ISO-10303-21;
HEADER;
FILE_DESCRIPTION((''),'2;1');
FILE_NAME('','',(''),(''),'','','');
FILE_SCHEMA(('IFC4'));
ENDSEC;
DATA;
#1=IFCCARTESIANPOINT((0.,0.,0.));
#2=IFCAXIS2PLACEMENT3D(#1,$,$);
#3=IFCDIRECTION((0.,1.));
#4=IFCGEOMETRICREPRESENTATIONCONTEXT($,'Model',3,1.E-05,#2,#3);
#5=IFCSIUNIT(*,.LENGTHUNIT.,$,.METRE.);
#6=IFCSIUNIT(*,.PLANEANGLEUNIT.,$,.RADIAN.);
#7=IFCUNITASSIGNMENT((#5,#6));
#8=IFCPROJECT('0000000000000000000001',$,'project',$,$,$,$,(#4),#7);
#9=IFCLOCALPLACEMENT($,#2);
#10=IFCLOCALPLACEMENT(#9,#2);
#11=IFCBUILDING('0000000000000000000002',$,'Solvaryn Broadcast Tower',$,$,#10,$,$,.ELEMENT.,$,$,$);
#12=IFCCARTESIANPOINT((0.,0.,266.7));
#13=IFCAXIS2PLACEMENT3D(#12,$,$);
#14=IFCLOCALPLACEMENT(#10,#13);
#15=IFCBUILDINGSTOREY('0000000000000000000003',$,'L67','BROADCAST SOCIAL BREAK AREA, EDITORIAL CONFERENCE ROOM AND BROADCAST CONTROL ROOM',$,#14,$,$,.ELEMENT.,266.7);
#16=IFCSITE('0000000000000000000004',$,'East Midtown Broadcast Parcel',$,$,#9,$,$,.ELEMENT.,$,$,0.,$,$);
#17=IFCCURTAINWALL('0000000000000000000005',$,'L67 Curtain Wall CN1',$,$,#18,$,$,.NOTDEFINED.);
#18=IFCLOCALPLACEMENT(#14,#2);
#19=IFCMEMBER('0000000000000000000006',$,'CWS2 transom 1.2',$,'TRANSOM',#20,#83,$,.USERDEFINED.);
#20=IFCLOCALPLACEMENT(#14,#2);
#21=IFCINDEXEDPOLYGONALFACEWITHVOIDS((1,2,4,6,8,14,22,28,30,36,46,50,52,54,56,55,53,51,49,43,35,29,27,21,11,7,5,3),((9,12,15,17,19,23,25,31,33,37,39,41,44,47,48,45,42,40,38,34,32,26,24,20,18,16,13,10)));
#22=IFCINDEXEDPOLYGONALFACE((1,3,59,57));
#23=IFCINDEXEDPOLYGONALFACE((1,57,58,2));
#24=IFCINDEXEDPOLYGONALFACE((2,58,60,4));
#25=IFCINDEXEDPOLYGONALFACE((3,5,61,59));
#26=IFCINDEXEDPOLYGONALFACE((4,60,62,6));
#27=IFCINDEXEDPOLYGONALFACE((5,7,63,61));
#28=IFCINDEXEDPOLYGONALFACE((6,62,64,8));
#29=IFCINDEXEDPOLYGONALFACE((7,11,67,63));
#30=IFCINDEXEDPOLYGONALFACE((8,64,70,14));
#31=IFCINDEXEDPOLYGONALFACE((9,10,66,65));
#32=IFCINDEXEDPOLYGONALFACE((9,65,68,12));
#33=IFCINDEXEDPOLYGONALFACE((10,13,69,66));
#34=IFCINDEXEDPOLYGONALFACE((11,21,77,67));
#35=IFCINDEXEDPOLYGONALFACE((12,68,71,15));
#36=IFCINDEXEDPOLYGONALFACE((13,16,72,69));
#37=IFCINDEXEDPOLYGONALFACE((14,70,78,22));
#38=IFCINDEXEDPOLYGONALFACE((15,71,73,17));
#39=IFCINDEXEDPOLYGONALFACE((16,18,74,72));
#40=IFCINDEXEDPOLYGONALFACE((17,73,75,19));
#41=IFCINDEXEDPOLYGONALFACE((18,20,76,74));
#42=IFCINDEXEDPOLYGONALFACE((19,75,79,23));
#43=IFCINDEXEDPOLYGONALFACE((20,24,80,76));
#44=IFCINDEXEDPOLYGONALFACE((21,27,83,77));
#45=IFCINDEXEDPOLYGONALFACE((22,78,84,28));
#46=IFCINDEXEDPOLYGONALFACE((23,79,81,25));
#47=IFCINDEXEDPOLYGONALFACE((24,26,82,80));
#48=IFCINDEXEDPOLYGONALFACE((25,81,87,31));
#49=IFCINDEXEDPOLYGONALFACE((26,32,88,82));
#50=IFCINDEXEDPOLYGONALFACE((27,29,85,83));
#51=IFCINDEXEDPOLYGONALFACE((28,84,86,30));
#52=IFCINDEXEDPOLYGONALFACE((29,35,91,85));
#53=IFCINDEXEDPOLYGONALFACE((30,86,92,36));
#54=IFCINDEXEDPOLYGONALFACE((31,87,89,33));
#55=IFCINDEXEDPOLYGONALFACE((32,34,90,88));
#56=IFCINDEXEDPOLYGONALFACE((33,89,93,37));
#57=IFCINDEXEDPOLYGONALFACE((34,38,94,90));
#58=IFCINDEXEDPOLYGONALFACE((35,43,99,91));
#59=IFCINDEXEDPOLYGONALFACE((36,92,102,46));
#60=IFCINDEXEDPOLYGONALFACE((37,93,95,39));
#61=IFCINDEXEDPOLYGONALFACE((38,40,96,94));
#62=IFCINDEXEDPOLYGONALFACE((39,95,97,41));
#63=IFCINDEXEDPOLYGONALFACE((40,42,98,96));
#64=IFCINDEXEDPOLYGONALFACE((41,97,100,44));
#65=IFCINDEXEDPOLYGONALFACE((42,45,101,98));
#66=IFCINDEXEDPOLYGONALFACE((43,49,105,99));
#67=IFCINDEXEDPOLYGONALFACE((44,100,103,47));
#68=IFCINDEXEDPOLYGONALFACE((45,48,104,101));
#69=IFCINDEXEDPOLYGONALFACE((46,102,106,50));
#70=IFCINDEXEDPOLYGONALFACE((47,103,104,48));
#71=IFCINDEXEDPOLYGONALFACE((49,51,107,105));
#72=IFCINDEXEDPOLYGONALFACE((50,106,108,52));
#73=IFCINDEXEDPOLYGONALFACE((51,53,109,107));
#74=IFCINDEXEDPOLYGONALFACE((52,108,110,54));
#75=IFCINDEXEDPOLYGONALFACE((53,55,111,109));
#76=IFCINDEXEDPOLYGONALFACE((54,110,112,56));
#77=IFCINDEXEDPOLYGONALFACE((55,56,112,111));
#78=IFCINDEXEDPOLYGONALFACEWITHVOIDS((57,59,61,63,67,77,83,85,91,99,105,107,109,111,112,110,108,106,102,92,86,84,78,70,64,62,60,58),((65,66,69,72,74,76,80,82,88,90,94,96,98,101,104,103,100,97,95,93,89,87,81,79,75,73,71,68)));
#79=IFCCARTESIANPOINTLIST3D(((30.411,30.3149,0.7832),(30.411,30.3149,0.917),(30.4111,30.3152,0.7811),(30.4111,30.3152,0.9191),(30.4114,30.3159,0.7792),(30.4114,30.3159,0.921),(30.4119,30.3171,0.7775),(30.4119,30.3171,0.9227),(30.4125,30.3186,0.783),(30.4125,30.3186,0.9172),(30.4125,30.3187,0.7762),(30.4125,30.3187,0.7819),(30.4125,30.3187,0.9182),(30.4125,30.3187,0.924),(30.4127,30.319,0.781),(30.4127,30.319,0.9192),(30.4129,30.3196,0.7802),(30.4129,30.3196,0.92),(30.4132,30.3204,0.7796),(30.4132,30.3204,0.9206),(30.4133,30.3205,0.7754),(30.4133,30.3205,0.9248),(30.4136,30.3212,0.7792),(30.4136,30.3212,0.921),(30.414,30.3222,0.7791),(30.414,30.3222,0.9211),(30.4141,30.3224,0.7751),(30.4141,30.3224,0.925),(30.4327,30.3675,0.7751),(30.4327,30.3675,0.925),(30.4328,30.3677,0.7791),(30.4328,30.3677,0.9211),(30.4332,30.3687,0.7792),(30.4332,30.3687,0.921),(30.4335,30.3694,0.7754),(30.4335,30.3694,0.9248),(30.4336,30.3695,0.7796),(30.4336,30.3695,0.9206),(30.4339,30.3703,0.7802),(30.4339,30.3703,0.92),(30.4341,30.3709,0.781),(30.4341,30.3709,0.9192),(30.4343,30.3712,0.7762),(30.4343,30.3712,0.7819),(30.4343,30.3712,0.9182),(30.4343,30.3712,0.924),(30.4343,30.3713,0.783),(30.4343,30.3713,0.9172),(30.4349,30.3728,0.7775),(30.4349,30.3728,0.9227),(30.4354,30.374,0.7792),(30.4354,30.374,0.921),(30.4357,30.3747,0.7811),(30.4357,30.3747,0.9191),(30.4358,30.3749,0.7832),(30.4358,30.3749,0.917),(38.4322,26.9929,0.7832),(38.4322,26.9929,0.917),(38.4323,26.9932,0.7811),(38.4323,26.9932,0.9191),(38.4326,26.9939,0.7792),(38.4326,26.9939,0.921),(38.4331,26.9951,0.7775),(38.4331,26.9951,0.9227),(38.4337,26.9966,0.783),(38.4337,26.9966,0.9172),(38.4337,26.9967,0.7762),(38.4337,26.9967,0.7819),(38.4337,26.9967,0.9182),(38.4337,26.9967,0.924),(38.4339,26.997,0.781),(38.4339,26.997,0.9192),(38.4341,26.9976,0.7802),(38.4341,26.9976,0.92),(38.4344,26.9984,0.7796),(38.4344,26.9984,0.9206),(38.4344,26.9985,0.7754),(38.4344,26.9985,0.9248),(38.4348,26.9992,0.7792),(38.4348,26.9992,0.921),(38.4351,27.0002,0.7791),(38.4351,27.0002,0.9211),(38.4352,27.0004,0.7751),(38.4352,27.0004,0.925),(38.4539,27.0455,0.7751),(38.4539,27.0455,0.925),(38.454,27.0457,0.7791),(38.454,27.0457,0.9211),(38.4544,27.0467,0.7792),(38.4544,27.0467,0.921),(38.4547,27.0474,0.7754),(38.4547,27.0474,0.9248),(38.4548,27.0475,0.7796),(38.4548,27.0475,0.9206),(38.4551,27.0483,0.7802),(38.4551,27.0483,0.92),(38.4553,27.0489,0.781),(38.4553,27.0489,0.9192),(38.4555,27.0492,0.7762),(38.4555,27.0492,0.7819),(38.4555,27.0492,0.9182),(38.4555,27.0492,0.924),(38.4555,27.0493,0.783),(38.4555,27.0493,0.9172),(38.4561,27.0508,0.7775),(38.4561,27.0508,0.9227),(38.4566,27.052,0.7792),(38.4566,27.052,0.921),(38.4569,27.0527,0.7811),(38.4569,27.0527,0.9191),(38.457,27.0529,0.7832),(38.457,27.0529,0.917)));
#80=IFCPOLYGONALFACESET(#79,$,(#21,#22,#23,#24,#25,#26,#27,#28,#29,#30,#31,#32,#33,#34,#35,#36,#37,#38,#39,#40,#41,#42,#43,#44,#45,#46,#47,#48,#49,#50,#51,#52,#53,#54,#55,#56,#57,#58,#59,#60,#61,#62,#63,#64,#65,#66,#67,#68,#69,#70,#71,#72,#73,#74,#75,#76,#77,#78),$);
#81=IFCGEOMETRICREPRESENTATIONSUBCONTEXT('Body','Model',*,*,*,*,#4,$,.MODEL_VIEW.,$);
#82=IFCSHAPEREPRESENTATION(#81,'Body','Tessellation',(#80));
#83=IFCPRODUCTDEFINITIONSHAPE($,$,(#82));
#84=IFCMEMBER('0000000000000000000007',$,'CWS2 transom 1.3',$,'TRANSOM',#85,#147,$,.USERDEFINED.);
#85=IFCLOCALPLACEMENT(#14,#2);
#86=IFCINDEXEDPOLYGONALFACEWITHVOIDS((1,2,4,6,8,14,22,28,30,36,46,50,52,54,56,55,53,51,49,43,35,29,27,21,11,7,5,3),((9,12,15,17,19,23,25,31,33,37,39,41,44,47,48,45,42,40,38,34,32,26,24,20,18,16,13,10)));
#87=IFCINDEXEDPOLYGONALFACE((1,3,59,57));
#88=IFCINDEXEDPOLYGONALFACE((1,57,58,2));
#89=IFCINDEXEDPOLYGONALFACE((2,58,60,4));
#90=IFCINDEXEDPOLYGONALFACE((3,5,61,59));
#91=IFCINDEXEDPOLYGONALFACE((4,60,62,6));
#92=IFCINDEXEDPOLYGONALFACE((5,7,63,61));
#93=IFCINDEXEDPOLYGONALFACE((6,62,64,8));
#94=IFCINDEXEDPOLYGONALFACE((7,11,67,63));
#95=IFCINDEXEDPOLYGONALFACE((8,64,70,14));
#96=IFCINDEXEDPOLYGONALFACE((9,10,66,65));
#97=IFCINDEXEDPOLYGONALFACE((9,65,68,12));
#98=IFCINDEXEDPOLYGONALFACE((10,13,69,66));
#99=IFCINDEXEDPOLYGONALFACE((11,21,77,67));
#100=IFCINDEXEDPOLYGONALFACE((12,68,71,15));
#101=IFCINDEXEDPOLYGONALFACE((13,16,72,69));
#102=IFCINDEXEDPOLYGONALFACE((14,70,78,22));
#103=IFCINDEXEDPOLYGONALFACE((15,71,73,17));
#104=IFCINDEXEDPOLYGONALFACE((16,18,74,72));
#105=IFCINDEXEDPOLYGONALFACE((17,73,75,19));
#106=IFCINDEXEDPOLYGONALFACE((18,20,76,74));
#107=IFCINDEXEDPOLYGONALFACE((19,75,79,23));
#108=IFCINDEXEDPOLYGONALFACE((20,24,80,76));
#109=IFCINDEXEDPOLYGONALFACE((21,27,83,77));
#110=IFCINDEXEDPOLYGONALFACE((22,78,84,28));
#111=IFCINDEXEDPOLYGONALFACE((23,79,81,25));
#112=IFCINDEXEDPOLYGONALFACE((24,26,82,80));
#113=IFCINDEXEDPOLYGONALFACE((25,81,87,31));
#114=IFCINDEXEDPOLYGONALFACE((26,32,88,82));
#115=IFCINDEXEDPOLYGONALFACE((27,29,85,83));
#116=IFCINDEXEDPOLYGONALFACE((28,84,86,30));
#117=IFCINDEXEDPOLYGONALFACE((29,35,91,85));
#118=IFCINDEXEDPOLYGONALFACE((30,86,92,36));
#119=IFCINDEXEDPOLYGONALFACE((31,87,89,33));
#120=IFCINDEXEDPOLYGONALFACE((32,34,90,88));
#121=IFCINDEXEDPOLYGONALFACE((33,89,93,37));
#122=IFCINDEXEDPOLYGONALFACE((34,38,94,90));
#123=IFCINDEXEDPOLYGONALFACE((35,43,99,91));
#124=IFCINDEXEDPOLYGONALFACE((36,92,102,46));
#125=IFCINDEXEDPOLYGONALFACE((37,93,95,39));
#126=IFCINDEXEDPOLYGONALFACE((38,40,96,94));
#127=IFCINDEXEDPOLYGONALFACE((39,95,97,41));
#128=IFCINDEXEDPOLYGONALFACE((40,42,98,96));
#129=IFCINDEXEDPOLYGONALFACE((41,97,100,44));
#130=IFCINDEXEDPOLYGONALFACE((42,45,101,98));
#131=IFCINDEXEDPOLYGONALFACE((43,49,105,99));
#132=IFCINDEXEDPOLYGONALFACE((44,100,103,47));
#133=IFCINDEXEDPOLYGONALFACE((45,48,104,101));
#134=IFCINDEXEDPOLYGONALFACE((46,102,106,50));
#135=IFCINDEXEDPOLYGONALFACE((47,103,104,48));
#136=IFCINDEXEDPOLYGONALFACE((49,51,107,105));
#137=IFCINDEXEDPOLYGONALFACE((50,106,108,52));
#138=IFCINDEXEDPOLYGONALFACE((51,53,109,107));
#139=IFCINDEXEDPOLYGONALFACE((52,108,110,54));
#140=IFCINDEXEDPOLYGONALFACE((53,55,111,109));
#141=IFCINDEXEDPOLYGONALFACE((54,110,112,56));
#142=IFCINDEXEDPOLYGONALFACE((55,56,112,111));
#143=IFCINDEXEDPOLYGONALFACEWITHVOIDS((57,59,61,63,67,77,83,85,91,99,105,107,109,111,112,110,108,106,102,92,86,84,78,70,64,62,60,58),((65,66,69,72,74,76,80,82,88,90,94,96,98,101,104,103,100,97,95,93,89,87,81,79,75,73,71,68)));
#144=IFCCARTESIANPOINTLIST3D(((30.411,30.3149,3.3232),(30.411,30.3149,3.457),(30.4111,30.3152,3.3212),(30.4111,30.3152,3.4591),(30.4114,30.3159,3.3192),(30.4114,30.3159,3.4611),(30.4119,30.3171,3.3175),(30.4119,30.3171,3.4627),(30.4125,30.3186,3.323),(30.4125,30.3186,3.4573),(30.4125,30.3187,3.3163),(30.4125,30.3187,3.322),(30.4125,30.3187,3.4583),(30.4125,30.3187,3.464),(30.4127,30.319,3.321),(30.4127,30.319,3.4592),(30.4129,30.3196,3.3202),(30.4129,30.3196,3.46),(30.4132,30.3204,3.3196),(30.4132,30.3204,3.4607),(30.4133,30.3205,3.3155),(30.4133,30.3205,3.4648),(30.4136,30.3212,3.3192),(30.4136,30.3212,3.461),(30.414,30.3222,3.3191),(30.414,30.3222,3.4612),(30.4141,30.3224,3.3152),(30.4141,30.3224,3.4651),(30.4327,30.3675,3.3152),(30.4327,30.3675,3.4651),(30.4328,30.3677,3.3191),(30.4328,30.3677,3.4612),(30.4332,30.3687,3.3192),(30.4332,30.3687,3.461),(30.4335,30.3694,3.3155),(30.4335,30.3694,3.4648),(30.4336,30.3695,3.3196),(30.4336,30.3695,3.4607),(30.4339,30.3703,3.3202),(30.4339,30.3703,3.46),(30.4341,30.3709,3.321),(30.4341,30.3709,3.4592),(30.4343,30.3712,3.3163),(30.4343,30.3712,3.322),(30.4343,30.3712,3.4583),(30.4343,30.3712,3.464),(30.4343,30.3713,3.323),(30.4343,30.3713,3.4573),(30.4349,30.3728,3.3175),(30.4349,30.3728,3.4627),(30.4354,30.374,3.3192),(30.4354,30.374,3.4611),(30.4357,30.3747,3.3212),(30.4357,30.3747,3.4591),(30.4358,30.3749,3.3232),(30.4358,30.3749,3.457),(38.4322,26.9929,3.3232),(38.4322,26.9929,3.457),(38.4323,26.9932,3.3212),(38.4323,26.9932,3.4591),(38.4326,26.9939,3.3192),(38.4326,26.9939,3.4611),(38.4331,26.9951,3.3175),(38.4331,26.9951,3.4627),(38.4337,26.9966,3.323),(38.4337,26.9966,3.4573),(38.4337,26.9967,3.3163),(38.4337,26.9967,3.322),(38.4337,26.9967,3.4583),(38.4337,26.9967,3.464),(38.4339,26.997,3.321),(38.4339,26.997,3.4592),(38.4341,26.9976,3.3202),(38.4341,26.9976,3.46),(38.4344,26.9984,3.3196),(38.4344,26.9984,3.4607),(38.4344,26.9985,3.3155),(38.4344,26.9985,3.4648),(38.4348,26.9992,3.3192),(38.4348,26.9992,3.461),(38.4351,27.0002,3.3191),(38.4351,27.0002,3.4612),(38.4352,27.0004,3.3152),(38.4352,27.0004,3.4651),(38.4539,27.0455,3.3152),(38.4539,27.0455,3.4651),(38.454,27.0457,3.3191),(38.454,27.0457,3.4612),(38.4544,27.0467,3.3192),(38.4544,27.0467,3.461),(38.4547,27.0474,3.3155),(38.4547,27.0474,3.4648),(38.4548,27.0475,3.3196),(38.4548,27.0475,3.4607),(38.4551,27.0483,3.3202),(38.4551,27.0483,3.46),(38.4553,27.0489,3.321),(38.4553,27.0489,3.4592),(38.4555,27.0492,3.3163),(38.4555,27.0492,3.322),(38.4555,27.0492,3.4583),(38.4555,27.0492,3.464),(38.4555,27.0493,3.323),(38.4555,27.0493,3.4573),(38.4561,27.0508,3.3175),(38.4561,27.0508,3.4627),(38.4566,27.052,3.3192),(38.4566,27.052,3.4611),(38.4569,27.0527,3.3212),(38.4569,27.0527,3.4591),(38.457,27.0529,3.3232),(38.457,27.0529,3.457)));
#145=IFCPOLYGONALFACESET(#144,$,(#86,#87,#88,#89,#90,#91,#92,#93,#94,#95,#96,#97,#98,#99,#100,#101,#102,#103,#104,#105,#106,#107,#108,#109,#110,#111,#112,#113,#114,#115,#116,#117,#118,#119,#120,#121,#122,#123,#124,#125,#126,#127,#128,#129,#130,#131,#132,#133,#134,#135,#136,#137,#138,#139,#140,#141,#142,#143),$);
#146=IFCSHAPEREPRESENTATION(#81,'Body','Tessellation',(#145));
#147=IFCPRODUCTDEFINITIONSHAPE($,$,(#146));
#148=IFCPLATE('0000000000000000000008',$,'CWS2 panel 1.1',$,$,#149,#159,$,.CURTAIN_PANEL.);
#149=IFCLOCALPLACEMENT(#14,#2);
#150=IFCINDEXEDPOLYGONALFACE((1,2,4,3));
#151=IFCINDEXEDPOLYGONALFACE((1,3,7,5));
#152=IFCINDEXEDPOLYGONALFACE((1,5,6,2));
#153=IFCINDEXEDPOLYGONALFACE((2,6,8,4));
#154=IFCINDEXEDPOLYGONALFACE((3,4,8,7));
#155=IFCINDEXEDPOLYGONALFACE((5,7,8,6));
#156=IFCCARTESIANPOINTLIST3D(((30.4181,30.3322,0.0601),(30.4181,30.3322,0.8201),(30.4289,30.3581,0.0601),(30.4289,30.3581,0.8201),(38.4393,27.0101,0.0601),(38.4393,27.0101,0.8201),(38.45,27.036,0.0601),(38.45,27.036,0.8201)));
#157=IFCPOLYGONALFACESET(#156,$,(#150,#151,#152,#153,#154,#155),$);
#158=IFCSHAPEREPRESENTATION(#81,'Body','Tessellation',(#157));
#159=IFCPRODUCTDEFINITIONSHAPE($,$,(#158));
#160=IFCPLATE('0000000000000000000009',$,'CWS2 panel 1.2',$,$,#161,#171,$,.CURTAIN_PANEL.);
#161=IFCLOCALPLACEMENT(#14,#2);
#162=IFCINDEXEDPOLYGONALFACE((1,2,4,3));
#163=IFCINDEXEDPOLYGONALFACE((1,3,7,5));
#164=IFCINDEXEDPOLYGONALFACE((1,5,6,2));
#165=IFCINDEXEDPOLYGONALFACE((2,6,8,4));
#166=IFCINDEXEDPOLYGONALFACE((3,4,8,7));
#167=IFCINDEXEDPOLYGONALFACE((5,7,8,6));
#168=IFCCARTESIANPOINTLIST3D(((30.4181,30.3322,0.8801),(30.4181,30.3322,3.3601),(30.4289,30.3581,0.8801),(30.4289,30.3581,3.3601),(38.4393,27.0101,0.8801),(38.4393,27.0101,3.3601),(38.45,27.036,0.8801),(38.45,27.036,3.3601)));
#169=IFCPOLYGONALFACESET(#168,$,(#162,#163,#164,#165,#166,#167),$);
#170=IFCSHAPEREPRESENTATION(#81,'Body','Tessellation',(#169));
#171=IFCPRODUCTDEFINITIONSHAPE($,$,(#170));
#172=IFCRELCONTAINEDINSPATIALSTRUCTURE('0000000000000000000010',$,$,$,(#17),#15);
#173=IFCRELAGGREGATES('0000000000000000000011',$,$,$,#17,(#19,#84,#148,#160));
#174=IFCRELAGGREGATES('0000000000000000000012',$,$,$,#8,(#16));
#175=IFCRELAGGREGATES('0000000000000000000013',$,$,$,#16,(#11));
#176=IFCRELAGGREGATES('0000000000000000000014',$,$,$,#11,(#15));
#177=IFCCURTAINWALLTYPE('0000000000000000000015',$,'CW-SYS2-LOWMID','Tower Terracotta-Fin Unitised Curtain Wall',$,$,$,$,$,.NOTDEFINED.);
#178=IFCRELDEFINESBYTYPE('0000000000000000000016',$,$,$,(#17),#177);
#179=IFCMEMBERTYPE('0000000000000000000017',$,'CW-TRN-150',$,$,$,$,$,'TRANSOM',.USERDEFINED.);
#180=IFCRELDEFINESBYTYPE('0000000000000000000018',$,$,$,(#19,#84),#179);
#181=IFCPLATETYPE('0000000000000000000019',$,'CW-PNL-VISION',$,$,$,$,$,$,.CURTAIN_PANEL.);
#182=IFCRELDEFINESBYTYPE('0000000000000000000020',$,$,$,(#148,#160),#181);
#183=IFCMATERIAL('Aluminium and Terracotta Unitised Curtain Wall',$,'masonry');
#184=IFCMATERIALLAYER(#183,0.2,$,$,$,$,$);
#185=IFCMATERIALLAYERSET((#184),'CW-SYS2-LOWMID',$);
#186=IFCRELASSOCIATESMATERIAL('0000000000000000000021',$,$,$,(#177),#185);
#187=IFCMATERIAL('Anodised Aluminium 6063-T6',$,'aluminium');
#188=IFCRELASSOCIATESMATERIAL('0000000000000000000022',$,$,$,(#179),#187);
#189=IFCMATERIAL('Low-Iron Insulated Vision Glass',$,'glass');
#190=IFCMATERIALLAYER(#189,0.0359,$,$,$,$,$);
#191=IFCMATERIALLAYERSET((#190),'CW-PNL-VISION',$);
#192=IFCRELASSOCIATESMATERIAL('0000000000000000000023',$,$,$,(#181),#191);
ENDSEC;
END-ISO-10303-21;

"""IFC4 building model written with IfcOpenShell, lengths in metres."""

from ifc_helpers import new_model, si_unit, direction, frame, origin, origin_2d, place, context, subcontext, project, spatial, rectangle, hollow_rectangle, extrude, material, layer, layer_set, material_profile, profile_set, type_object, element, aggregate, save


model = new_model("IFC4")

# Units and contexts
model_context = context("Model", 3, precision=1e-05, world=origin(), true_north=direction((0.0, 1.0)))
body_context = subcontext(model_context, "Body", "Model", "MODEL_VIEW")
ifc_project = project(units=[si_unit("LENGTHUNIT", "METRE"), si_unit("PLANEANGLEUNIT", "RADIAN")], contexts=[model_context])

# Site, building, storey
site_placement = place(None, origin())
site = spatial("IfcSite", under=ifc_project, at=site_placement, Name="East Midtown Broadcast Parcel", CompositionType="ELEMENT", RefElevation=0.0)
building_placement = place(site_placement, origin())
building = spatial("IfcBuilding", under=site, at=building_placement, Name="Solvaryn Broadcast Tower", CompositionType="ELEMENT")
storey_placement = place(building_placement, frame((0.0, 0.0, 266.7)))
storey = spatial("IfcBuildingStorey", under=building, at=storey_placement, Name="L67", Description="BROADCAST SOCIAL BREAK AREA, EDITORIAL CONFERENCE ROOM AND BROADCAST CONTROL ROOM", CompositionType="ELEMENT", Elevation=266.7)

# Curtain wall, members, plates
ifc_material_1 = material(Name="Aluminium and Terracotta Unitised Curtain Wall", Category="masonry")
ifc_layer_1 = layer(ifc_material_1, 0.2)
ifc_layer_set_1 = layer_set([ifc_layer_1], Name="CW-SYS2-LOWMID")
curtain_wall_type = type_object("IfcCurtainWallType", Name="CW-SYS2-LOWMID", Description="Tower Terracotta-Fin Unitised Curtain Wall", PredefinedType="NOTDEFINED", material=ifc_layer_set_1)
curtain_wall_placement = place(storey_placement, origin())
curtain_wall = element("IfcCurtainWall", 1, at=curtain_wall_placement, inside=storey, type_object=curtain_wall_type, Name="L67 Curtain Wall CN1", PredefinedType="NOTDEFINED")
ifc_material_2 = material(Name="Anodised Aluminium 6063-T6", Category="aluminium")
ifc_material_profile_1 = material_profile(ifc_material_2, hollow_rectangle(XDim=0.0649, YDim=0.1499, WallThickness=0.0039, InnerFilletRadius=0.0039, OuterFilletRadius=0.0081, at=origin_2d()))
ifc_profile_set_1 = profile_set([ifc_material_profile_1], Name="Anodised Aluminium 6063-T6")
member_type_1 = type_object("IfcMemberType", Name="CW-TRN-150", ElementType="TRANSOM", PredefinedType="USERDEFINED", material=ifc_profile_set_1)
member_1_placement = place(storey_placement, frame((38.4446, 27.0229, 0.8501), z_axis=(-0.923899, 0.382636, 0.0), x_axis=(-0.382636, -0.923899, 0.0)))
member_1 = element("IfcMember", 2, at=member_1_placement, type_object=member_type_1, Name="CWS2 transom 1.2", ObjectType="TRANSOM", PredefinedType="USERDEFINED", context=body_context, shape_type="SweptSolid", body=[
    extrude(hollow_rectangle(XDim=0.0649, YDim=0.1499, WallThickness=0.0039, InnerFilletRadius=0.0039, OuterFilletRadius=0.0081, at=origin_2d()), origin(), (0.0, 0.0, 1.0), 8.6819),
])
member_2_placement = place(storey_placement, frame((38.4446, 27.0229, 3.3901), z_axis=(-0.923899, 0.382636, 0.0), x_axis=(-0.382636, -0.923899, 0.0)))
member_2 = element("IfcMember", 3, at=member_2_placement, type_object=member_type_1, Name="CWS2 transom 1.3", ObjectType="TRANSOM", PredefinedType="USERDEFINED", context=body_context, shape_type="SweptSolid", body=[
    extrude(hollow_rectangle(XDim=0.0649, YDim=0.1499, WallThickness=0.0039, InnerFilletRadius=0.0039, OuterFilletRadius=0.0081, at=origin_2d()), origin(), (0.0, 0.0, 1.0), 8.6819),
])
ifc_material_3 = material(Name="Low-Iron Insulated Vision Glass", Category="glass")
ifc_layer_2 = layer(ifc_material_3, 0.0359)
ifc_layer_set_2 = layer_set([ifc_layer_2], Name="CW-PNL-VISION")
plate_type = type_object("IfcPlateType", Name="CW-PNL-VISION", PredefinedType="CURTAIN_PANEL", material=ifc_layer_set_2)
plate_1_placement = place(storey_placement, frame((34.4341, 28.6841, 0.0601), z_axis=(0.0, 0.0, 1.0), x_axis=(-0.923895, 0.382646, 0.0)))
plate_1 = element("IfcPlate", 4, at=plate_1_placement, type_object=plate_type, Name="CWS2 panel 1.1", PredefinedType="CURTAIN_PANEL", context=body_context, shape_type="SweptSolid", body=[
    extrude(rectangle(XDim=8.6819, YDim=0.0281, at=origin_2d()), origin(), (0.0, 0.0, 1.0), 0.76),
])
plate_2_placement = place(storey_placement, frame((34.4341, 28.6841, 0.8801), z_axis=(0.0, 0.0, 1.0), x_axis=(-0.923895, 0.382646, 0.0)))
plate_2 = element("IfcPlate", 5, at=plate_2_placement, type_object=plate_type, Name="CWS2 panel 1.2", PredefinedType="CURTAIN_PANEL", context=body_context, shape_type="SweptSolid", body=[
    extrude(rectangle(XDim=8.6819, YDim=0.0281, at=origin_2d()), origin(), (0.0, 0.0, 1.0), 2.48),
])
aggregate(curtain_wall, [member_1, member_2, plate_1, plate_2])

save(model, "model.ifc")
